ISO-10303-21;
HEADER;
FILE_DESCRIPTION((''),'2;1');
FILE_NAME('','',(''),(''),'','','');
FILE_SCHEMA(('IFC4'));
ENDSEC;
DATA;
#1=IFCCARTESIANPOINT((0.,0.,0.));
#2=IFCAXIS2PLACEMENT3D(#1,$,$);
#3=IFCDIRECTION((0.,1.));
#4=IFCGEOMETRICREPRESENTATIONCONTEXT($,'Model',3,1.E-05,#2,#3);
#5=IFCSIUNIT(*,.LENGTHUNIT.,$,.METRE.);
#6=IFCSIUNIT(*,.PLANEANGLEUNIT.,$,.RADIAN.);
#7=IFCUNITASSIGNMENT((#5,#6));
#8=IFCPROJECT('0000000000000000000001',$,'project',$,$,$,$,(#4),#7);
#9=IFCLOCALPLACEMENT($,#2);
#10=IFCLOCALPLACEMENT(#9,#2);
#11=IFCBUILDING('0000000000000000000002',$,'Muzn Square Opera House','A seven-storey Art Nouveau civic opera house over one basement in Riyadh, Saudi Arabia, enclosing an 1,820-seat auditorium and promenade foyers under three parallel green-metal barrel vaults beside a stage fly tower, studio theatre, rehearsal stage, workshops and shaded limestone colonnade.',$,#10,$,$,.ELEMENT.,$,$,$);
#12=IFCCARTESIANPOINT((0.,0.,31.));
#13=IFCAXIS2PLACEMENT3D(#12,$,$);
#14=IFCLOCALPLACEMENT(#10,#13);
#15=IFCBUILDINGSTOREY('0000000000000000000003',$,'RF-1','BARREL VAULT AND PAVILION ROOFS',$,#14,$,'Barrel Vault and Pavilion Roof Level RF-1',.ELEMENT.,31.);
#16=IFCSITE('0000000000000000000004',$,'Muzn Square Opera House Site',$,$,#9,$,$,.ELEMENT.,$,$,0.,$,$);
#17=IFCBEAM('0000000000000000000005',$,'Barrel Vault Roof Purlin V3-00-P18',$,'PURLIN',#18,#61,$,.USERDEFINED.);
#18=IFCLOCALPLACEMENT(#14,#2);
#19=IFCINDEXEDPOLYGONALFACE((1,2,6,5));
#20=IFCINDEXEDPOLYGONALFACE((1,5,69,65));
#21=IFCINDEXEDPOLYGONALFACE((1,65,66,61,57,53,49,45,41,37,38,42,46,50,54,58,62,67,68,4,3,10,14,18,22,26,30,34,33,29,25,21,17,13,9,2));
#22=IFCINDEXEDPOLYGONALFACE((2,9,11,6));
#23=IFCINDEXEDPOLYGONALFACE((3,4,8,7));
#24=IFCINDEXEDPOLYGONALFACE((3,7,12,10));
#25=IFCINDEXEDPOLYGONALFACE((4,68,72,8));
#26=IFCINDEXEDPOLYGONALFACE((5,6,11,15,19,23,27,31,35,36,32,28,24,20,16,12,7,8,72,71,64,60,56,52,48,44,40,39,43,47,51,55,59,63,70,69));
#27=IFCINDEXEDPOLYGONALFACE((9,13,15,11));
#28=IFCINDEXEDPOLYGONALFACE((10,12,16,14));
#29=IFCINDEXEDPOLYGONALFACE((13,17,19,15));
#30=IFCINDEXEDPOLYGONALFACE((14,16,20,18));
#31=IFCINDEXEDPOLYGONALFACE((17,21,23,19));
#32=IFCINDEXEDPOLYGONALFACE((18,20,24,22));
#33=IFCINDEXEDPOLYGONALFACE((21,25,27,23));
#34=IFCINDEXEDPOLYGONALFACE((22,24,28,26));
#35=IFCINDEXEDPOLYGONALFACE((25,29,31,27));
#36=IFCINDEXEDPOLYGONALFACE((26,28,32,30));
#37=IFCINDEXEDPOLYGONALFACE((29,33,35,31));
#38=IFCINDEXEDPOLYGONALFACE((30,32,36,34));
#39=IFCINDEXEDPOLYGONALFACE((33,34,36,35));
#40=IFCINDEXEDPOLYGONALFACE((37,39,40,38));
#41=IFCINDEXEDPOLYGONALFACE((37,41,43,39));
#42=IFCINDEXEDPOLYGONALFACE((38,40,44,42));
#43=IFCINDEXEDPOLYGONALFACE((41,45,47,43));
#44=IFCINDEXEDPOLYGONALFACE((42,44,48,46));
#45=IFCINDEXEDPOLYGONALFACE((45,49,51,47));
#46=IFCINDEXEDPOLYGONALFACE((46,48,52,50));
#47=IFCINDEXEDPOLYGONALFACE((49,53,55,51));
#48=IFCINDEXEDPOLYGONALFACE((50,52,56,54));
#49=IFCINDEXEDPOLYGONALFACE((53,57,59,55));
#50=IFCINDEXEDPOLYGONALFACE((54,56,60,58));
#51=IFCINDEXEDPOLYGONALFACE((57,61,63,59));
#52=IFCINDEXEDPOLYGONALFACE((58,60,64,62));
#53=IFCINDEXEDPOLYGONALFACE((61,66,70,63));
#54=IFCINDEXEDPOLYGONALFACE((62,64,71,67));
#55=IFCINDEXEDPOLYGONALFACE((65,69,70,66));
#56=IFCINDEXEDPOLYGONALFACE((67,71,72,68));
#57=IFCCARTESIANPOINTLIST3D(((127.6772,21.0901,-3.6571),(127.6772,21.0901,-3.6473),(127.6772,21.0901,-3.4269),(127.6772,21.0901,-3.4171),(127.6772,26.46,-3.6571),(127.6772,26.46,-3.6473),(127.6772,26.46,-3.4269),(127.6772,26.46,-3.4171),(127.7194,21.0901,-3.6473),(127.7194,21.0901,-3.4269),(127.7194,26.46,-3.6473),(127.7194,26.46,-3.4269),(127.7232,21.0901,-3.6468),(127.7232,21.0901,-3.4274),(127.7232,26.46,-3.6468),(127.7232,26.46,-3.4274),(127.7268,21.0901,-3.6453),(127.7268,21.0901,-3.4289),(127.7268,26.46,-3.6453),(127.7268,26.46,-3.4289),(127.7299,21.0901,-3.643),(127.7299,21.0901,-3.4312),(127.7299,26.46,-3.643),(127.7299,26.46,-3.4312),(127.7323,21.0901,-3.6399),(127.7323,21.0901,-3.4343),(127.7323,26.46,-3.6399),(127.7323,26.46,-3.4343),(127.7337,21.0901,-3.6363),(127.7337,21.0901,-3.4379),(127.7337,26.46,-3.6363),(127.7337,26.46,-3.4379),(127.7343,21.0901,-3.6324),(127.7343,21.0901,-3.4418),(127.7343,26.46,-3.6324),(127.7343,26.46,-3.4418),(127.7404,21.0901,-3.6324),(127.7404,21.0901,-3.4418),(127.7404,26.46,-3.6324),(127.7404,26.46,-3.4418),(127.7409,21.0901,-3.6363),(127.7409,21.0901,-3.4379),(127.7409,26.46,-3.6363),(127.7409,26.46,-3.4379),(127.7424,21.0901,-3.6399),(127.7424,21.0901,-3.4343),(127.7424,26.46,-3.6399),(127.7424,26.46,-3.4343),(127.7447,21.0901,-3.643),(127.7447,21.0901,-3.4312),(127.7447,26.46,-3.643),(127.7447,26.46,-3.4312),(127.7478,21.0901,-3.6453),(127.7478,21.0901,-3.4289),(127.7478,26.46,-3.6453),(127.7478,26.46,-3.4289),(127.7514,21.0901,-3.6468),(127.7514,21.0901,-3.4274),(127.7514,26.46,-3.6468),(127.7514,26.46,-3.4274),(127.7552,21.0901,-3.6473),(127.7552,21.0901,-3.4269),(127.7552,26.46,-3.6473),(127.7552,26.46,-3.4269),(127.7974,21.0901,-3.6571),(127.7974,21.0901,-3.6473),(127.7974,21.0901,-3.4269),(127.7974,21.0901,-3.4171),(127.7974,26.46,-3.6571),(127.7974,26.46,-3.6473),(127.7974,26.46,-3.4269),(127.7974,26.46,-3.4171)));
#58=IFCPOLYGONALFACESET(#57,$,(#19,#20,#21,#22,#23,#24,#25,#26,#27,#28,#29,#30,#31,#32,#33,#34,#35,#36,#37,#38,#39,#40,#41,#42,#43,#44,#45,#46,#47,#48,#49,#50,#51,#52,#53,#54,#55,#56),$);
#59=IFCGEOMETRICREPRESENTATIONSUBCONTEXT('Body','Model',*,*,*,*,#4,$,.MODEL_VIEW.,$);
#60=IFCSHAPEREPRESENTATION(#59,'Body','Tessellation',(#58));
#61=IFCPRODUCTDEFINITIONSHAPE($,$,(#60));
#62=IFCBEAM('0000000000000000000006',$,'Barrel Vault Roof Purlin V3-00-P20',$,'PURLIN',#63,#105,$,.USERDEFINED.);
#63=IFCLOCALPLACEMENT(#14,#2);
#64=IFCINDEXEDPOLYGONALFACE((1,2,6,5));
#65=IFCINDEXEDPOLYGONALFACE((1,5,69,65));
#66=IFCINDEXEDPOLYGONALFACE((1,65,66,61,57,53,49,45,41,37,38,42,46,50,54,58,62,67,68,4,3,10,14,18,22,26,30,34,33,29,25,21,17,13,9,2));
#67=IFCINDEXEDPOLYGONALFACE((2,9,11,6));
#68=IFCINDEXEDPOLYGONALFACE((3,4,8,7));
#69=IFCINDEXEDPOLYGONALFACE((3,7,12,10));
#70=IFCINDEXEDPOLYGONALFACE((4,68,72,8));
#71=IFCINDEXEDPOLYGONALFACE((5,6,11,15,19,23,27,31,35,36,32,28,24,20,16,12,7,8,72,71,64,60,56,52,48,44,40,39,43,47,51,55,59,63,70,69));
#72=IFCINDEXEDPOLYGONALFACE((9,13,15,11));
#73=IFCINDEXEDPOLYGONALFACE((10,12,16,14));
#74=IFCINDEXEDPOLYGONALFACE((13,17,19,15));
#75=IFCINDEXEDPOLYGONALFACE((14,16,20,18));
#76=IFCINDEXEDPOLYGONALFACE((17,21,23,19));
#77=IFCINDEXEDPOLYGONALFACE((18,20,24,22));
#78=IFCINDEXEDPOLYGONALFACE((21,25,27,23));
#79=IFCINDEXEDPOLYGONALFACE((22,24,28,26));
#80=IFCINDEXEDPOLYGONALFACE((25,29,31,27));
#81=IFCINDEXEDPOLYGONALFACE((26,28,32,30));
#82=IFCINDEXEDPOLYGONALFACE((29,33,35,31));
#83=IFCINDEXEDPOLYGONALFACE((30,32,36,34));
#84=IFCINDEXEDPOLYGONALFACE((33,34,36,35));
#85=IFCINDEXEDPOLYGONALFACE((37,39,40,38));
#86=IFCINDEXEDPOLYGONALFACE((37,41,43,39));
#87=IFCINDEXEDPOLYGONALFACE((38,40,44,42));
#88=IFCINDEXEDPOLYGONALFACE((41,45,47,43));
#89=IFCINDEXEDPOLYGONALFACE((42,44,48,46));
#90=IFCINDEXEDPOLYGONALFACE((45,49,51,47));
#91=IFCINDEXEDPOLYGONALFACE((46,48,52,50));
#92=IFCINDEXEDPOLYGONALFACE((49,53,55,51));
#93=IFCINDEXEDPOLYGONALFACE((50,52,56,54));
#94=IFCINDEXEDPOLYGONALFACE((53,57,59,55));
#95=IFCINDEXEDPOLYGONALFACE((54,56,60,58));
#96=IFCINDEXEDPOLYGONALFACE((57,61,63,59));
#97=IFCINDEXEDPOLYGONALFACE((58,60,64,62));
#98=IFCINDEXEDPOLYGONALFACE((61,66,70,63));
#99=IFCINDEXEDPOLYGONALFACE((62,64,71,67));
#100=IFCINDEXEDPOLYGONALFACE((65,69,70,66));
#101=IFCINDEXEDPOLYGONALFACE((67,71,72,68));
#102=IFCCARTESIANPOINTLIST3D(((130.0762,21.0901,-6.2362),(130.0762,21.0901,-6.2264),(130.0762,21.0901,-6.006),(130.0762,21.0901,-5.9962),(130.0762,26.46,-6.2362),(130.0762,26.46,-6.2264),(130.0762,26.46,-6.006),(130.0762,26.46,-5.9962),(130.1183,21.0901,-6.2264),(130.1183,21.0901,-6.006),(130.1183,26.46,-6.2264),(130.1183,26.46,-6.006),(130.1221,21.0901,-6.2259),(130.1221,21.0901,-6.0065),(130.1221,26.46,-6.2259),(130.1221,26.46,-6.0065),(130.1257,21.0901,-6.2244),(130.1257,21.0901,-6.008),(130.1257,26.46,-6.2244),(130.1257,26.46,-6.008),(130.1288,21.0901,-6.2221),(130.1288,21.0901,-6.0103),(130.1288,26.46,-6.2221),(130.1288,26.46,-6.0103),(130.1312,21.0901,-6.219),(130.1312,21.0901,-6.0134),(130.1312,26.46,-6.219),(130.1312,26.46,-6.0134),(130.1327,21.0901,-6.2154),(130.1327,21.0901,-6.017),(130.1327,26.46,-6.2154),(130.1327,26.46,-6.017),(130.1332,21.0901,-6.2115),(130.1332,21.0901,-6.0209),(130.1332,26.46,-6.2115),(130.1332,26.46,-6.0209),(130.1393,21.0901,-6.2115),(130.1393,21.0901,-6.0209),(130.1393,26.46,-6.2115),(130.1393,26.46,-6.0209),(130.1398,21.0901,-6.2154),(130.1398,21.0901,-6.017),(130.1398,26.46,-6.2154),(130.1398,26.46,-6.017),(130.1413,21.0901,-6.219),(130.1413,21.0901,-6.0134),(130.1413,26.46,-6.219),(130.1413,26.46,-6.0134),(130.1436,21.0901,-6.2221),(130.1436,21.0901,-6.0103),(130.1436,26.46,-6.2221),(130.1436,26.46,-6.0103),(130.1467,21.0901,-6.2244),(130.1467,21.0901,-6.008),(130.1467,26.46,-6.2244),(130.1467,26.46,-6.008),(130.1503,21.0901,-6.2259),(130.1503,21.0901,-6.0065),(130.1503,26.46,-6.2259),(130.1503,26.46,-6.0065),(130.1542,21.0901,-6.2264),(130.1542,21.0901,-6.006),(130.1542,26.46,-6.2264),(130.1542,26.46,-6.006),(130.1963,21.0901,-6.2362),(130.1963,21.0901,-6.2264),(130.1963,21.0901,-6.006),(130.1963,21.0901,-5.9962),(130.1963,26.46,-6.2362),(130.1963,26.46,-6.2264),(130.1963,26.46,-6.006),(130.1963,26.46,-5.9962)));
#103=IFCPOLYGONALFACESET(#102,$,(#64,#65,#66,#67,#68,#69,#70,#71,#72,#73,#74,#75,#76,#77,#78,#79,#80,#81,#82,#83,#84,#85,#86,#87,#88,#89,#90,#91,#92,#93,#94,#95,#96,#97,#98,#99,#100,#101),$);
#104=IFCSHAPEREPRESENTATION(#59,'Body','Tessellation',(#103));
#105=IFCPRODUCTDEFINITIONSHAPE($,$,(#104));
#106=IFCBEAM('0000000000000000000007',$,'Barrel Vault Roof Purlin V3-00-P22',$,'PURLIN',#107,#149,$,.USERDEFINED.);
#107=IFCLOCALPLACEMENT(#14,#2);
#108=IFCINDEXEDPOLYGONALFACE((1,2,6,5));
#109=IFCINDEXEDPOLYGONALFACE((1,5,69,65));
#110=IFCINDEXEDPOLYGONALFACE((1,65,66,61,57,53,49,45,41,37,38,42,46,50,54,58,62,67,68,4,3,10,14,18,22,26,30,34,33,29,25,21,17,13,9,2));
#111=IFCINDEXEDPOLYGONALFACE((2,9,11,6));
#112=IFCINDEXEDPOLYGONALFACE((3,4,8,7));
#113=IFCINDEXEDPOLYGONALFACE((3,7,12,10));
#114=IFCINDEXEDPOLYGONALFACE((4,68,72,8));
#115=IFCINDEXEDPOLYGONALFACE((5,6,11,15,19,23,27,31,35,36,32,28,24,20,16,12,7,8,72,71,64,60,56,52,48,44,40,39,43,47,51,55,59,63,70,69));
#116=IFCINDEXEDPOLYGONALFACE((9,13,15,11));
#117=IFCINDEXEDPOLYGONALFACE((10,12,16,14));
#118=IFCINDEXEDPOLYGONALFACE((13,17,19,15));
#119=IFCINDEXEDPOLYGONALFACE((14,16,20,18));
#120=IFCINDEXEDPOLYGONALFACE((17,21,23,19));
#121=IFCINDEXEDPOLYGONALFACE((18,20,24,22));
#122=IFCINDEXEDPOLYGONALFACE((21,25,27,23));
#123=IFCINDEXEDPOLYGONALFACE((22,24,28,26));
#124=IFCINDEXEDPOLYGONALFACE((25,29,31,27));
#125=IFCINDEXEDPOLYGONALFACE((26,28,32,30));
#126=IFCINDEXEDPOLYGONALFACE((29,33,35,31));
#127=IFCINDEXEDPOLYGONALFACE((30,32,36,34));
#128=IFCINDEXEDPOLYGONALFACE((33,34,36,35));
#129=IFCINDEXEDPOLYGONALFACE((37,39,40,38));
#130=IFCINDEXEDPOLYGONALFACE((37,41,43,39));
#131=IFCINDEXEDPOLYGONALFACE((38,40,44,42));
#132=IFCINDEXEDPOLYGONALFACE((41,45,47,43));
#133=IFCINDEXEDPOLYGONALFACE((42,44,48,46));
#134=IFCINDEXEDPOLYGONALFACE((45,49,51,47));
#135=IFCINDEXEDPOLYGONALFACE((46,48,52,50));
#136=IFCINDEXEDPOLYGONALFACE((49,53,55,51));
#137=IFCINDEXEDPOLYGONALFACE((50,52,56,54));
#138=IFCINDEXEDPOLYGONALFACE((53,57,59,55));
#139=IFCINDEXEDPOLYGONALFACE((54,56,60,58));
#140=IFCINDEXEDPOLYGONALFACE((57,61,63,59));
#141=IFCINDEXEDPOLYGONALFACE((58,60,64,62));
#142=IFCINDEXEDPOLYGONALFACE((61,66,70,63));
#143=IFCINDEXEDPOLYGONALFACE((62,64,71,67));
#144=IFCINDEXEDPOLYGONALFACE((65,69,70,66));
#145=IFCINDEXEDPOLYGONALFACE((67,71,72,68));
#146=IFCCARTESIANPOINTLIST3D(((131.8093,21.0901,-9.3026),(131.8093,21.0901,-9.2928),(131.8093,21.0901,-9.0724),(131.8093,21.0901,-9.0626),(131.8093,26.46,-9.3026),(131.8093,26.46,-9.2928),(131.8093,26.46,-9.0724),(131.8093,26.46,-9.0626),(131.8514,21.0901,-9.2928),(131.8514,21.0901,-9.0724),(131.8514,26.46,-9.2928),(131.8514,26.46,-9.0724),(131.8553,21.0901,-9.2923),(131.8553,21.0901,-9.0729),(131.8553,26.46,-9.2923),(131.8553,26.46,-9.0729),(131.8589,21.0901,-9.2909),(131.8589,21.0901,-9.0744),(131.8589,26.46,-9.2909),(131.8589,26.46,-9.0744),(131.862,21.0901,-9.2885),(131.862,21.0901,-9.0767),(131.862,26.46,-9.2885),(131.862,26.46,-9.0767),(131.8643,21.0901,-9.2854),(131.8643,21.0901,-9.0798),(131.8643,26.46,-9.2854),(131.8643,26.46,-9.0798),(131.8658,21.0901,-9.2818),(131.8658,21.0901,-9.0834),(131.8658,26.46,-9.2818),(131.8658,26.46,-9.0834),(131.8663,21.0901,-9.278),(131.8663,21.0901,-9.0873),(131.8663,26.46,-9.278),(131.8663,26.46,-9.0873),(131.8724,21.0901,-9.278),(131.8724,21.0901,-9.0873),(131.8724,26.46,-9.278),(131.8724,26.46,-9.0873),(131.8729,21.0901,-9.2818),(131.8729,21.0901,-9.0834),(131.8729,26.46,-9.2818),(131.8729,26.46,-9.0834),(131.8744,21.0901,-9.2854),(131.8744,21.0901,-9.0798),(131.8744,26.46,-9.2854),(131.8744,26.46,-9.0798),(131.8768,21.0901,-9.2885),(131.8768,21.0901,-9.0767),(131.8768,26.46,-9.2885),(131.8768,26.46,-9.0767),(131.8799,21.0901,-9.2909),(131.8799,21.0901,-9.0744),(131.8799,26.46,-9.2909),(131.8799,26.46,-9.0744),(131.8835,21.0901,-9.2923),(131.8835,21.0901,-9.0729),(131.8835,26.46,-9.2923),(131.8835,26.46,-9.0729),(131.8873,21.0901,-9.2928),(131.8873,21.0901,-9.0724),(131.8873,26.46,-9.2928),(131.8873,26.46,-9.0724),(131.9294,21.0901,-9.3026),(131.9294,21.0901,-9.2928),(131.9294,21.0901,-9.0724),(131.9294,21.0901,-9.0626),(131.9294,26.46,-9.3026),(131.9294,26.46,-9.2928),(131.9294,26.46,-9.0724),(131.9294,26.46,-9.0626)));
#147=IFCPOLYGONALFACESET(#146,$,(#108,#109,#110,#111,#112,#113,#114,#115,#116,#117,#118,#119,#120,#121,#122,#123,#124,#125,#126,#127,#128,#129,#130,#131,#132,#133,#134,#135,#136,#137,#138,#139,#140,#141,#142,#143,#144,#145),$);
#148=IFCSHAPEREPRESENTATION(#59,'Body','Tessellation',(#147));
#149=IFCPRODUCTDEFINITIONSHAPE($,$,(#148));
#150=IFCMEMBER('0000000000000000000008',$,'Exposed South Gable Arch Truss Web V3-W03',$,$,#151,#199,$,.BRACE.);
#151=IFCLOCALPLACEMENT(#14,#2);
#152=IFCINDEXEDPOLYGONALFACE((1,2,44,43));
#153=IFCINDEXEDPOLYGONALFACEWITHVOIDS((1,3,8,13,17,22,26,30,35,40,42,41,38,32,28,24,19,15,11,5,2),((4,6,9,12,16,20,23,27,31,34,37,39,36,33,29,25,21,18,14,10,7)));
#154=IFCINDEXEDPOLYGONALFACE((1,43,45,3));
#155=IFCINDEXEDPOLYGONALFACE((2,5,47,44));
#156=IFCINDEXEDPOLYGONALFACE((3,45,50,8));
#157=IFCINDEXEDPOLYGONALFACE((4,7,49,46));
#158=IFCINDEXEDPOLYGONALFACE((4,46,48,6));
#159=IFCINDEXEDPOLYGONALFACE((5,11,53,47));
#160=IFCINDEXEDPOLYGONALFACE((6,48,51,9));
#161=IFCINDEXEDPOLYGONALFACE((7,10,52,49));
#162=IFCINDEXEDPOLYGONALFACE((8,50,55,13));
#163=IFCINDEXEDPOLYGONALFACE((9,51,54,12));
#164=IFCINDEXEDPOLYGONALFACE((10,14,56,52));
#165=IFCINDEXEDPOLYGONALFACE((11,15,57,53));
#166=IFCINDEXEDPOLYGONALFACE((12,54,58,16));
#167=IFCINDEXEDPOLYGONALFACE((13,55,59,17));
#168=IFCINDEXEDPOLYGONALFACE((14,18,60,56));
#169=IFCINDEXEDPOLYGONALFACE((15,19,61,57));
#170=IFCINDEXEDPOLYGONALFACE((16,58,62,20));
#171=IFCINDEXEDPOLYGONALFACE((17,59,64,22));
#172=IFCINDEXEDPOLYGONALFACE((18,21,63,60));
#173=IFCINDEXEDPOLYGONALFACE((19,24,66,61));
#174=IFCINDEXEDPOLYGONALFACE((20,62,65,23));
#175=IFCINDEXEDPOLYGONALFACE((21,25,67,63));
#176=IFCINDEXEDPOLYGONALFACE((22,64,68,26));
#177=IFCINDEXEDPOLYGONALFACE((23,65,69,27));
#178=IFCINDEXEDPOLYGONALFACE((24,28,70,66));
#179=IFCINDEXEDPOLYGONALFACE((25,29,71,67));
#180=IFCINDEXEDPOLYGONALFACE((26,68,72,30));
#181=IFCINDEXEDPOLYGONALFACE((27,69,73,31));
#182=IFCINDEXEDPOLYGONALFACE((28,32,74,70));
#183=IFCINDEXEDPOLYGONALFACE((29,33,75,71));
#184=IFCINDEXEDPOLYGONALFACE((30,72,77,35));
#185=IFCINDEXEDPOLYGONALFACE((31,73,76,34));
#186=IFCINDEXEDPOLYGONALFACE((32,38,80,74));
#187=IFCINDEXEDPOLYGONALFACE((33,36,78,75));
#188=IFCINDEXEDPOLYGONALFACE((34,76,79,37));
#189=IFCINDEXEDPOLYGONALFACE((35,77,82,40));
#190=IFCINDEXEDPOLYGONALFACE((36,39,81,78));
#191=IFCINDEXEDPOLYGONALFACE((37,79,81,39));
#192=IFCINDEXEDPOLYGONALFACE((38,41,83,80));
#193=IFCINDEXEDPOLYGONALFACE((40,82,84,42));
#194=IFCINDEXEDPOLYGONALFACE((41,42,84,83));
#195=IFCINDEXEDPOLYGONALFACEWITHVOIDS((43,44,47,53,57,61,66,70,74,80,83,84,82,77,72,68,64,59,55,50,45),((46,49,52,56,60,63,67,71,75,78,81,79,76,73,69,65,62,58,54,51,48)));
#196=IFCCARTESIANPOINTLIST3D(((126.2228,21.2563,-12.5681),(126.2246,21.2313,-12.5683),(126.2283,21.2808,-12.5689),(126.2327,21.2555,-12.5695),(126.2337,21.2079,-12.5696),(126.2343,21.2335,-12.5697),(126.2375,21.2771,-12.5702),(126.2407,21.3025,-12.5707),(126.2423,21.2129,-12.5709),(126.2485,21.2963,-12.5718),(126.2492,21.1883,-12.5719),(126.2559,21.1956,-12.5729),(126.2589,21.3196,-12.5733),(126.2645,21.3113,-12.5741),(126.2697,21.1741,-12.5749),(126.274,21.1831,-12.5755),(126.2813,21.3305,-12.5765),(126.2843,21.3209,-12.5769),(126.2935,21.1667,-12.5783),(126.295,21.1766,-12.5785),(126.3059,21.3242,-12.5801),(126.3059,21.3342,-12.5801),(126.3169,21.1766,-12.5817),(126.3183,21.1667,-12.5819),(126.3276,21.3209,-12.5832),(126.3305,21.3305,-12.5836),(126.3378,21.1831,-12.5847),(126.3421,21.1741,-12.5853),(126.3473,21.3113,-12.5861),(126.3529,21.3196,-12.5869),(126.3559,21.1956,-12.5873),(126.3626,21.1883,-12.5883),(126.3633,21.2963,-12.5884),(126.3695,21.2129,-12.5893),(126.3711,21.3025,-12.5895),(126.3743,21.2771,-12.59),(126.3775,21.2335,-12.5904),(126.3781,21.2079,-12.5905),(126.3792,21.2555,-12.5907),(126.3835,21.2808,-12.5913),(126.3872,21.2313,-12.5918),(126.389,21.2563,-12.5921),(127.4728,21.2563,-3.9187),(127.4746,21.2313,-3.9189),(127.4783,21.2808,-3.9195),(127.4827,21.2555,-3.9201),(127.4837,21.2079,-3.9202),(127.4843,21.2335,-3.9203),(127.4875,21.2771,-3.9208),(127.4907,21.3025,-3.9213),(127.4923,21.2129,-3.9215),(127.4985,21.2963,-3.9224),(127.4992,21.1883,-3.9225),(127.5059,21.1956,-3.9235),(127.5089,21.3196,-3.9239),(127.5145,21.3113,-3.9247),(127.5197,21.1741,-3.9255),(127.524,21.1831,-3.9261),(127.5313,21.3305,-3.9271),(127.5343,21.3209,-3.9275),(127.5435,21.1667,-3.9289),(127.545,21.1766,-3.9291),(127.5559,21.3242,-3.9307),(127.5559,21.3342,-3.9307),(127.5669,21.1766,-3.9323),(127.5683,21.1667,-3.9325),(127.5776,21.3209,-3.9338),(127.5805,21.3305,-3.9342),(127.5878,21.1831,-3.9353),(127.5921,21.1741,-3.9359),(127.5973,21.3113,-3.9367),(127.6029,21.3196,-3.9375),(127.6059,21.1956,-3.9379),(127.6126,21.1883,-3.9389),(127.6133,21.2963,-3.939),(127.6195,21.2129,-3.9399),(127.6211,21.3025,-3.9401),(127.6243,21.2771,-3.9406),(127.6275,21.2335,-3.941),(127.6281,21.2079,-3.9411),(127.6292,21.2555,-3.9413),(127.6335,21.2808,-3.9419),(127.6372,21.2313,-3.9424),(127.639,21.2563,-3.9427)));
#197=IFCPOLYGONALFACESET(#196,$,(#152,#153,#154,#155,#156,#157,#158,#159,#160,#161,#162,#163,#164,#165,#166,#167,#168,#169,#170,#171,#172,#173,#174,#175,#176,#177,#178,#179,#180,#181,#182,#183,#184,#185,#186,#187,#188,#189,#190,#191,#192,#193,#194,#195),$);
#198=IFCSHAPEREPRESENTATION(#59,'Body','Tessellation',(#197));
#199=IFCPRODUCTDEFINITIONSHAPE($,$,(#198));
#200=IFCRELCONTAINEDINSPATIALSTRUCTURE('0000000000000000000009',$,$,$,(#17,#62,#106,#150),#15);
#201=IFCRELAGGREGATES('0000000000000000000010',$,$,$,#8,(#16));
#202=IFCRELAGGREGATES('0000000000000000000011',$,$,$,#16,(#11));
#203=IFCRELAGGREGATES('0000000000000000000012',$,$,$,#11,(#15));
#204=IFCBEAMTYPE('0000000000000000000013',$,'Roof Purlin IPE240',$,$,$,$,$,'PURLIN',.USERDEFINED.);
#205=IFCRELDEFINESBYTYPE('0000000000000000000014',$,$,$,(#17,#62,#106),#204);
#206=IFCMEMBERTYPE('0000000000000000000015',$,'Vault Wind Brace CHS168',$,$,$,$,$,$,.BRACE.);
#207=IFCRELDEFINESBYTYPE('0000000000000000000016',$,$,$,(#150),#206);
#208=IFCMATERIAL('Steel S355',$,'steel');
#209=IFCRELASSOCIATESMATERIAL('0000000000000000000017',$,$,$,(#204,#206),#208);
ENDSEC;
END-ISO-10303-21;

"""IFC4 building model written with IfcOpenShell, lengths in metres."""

from ifc_helpers import new_model, si_unit, direction, frame, origin, origin_2d, place, context, subcontext, project, spatial, hollow_circle, i_section, extrude, material, material_profile, profile_set, type_object, element, save


model = new_model("IFC4")

# Units and contexts
model_context = context("Model", 3, precision=1e-05, world=origin(), true_north=direction((0.0, 1.0)))
body_context = subcontext(model_context, "Body", "Model", "MODEL_VIEW")
ifc_project = project(units=[si_unit("LENGTHUNIT", "METRE"), si_unit("PLANEANGLEUNIT", "RADIAN")], contexts=[model_context])

# Site, building, storey
site_placement = place(None, origin())
site = spatial("IfcSite", under=ifc_project, at=site_placement, Name="Muzn Square Opera House Site", CompositionType="ELEMENT", RefElevation=0.0)
building_placement = place(site_placement, origin())
building = spatial("IfcBuilding", under=site, at=building_placement, Name="Muzn Square Opera House", Description="A seven-storey Art Nouveau civic opera house over one basement in Riyadh, Saudi Arabia, enclosing an 1,820-seat auditorium and promenade foyers under three parallel green-metal barrel vaults beside a stage fly tower, studio theatre, rehearsal stage, workshops and shaded limestone colonnade.", CompositionType="ELEMENT")
storey_placement = place(building_placement, frame((0.0, 0.0, 31.0)))
storey = spatial("IfcBuildingStorey", under=building, at=storey_placement, Name="RF-1", Description="BARREL VAULT AND PAVILION ROOFS", LongName="Barrel Vault and Pavilion Roof Level RF-1", CompositionType="ELEMENT", Elevation=31.0)

# Beams
ifc_material_1 = material(Name="Steel S355", Category="steel")
ifc_material_profile_1 = material_profile(ifc_material_1, i_section(OverallWidth=0.1201, OverallDepth=0.24, WebThickness=0.0061, FlangeThickness=0.0098, FilletRadius=0.0149, at=origin_2d()), Name="IPE 240", Category="steel")
ifc_profile_set_1 = profile_set([ifc_material_profile_1], Name="Steel S355")
beam_type_1 = type_object("IfcBeamType", Name="Roof Purlin IPE240", ElementType="PURLIN", PredefinedType="USERDEFINED", material=ifc_profile_set_1)
for number, where, z_axis, x_axis, name in (
    (1, (127.7373, 21.0901, -3.5371), (0.0, 1.0, 0.0), (-1.0, 0.0, 0.0), "Barrel Vault Roof Purlin V3-00-P18"),
    (2, (130.1362, 21.0901, -6.1162), (0.0, 1.0, 0.0), (-1.0, 0.0, 0.0), "Barrel Vault Roof Purlin V3-00-P20"),
    (3, (131.8694, 21.0901, -9.1826), (0.0, 1.0, 0.0), (-1.0, 0.0, 0.0), "Barrel Vault Roof Purlin V3-00-P22"),
):
    element("IfcBeam", number, at=place(storey_placement, frame(where, z_axis=z_axis, x_axis=x_axis)), inside=storey, type_object=beam_type_1, Name=name, ObjectType="PURLIN", PredefinedType="USERDEFINED", context=body_context, shape_type="SweptSolid", body=[
        extrude(i_section(OverallWidth=0.1201, OverallDepth=0.24, WebThickness=0.0061, FlangeThickness=0.0098, FilletRadius=0.0149, at=origin_2d()), origin(), (0.0, 0.0, 1.0), 5.3699),
    ])

# Member
ifc_material_profile_2 = material_profile(ifc_material_1, hollow_circle(Radius=0.0842, WallThickness=0.01, at=origin_2d()), Name="CHS 168.3x10", Category="steel")
ifc_profile_set_2 = profile_set([ifc_material_profile_2], Name="Steel S355")
member_type = type_object("IfcMemberType", Name="Vault Wind Brace CHS168", PredefinedType="BRACE", material=ifc_profile_set_2)
member_1_placement = place(storey_placement, frame((126.3059, 21.25, -12.5801), z_axis=(0.143033, 0.0, 0.989718), x_axis=(0.0, 1.0, 0.0)))
element("IfcMember", 4, at=member_1_placement, inside=storey, type_object=member_type, Name="Exposed South Gable Arch Truss Web V3-W03", PredefinedType="BRACE", context=body_context, shape_type="SweptSolid", body=[
    extrude(hollow_circle(Radius=0.0842, WallThickness=0.01, at=origin_2d()), origin(), (0.0, 0.0, 1.0), 8.7393),
])

save(model, "model.ifc")
